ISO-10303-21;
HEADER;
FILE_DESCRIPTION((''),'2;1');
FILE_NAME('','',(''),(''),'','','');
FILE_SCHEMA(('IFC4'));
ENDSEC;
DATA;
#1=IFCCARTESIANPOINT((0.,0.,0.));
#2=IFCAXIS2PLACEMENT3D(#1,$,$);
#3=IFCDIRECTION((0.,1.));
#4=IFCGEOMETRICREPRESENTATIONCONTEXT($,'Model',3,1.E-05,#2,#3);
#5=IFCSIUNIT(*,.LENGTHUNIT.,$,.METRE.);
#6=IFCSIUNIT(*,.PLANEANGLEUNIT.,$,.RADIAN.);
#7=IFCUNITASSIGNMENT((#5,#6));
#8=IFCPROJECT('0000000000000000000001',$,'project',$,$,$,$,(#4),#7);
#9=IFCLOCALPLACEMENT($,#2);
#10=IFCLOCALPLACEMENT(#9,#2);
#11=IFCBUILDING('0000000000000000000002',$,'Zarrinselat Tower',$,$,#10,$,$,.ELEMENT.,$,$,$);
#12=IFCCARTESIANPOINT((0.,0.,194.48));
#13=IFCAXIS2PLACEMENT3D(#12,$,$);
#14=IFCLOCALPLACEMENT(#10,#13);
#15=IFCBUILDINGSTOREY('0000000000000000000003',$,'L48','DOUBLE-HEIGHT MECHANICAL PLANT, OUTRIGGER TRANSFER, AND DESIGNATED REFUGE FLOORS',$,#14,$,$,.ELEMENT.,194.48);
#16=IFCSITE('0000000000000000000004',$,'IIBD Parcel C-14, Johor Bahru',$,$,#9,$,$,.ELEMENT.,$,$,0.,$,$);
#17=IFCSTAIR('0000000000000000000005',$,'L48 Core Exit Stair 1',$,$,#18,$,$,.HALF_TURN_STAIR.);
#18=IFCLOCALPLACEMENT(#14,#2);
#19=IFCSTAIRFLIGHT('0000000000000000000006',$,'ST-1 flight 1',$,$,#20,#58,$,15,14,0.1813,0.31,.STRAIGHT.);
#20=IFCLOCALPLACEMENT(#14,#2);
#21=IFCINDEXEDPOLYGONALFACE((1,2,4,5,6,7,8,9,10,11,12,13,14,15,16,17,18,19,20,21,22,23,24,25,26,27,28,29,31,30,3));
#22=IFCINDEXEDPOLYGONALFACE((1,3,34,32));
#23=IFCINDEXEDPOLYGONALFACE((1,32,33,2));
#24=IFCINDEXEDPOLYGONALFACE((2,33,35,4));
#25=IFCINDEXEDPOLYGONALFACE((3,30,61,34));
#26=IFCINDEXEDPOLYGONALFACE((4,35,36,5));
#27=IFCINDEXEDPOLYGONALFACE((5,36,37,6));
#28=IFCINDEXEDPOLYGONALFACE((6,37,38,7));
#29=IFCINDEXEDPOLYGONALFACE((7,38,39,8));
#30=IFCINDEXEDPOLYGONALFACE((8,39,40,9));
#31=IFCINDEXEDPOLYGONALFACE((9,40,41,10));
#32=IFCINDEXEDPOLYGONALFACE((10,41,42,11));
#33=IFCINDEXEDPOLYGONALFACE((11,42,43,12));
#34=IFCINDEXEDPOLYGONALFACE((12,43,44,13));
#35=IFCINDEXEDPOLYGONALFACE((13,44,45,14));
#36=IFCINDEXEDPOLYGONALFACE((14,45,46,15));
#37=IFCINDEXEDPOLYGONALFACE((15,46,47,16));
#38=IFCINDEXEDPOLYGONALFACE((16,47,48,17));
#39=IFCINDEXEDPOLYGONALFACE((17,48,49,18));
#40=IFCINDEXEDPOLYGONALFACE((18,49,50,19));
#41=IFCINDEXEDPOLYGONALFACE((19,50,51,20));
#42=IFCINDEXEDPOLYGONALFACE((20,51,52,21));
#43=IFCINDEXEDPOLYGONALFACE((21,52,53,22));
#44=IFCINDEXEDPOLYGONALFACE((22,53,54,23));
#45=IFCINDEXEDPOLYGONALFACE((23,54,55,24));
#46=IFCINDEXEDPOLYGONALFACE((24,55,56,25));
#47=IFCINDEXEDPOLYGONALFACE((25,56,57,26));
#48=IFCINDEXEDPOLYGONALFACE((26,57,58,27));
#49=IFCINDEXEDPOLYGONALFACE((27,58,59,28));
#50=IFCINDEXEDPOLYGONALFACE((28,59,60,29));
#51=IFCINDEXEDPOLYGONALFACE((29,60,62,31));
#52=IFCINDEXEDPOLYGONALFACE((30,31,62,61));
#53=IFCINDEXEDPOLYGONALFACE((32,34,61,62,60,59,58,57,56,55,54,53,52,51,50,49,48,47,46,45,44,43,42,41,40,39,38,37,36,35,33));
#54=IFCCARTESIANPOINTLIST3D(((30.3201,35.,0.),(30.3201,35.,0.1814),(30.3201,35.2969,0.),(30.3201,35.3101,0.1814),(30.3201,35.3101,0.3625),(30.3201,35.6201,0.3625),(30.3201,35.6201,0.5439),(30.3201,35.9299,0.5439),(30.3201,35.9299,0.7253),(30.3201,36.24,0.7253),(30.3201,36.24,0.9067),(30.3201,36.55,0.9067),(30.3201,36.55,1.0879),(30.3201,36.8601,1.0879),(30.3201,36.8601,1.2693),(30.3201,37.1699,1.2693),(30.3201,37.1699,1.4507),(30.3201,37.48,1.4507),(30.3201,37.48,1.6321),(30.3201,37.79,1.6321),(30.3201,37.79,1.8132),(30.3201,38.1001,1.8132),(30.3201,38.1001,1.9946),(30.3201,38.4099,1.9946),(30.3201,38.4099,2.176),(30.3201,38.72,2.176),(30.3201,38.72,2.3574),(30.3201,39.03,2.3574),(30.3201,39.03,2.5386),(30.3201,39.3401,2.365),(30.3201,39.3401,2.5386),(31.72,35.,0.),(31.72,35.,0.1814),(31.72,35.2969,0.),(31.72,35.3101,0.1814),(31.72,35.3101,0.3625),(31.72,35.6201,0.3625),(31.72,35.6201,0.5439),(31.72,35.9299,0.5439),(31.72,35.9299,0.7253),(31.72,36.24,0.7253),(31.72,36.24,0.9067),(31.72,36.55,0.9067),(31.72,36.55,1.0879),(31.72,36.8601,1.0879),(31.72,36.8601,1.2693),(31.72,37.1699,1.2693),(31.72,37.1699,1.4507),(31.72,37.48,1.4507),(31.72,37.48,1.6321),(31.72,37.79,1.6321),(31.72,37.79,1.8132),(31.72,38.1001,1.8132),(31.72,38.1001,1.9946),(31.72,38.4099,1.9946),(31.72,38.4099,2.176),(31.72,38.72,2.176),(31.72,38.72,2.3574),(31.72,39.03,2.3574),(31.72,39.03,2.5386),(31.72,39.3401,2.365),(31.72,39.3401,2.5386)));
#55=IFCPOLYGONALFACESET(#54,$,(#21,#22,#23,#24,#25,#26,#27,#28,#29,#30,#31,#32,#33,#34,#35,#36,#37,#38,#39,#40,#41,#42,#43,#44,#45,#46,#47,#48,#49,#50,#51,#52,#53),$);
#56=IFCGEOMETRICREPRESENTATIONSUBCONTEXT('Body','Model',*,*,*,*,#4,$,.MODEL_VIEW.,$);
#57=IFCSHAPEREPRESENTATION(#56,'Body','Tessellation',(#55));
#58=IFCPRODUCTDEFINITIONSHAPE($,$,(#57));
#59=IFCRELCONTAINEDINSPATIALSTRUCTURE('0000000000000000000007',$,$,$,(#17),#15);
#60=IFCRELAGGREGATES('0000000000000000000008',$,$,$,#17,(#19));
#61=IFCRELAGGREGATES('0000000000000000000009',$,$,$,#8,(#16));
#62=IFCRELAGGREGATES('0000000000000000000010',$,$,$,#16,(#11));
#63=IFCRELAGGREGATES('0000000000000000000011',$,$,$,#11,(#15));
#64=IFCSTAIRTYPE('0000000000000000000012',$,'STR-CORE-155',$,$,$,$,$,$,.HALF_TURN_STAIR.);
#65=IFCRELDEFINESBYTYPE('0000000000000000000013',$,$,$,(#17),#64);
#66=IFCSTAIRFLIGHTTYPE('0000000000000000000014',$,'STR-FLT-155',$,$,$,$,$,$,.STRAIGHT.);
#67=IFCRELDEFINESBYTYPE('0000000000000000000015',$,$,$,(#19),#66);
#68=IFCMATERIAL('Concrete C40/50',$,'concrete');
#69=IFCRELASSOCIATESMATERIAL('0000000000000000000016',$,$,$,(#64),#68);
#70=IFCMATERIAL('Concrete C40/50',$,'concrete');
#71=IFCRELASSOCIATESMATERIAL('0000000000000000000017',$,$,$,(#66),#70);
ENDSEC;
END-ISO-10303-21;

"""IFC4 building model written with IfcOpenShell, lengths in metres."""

from ifc_helpers import new_model, si_unit, direction, frame, origin, place, context, subcontext, project, spatial, polyline, outline, extrude, material, type_object, element, aggregate, save


model = new_model("IFC4")

# Units and contexts
model_context = context("Model", 3, precision=1e-05, world=origin(), true_north=direction((0.0, 1.0)))
body_context = subcontext(model_context, "Body", "Model", "MODEL_VIEW")
ifc_project = project(units=[si_unit("LENGTHUNIT", "METRE"), si_unit("PLANEANGLEUNIT", "RADIAN")], contexts=[model_context])

# Site, building, storey
site_placement = place(None, origin())
site = spatial("IfcSite", under=ifc_project, at=site_placement, Name="IIBD Parcel C-14, Johor Bahru", CompositionType="ELEMENT", RefElevation=0.0)
building_placement = place(site_placement, origin())
building = spatial("IfcBuilding", under=site, at=building_placement, Name="Zarrinselat Tower", CompositionType="ELEMENT")
storey_placement = place(building_placement, frame((0.0, 0.0, 194.48)))
storey = spatial("IfcBuildingStorey", under=building, at=storey_placement, Name="L48", Description="DOUBLE-HEIGHT MECHANICAL PLANT, OUTRIGGER TRANSFER, AND DESIGNATED REFUGE FLOORS", CompositionType="ELEMENT", Elevation=194.48)

# Stair, stair flight
ifc_material_1 = material(Name="Concrete C40/50", Category="concrete")
stair_type = type_object("IfcStairType", Name="STR-CORE-155", PredefinedType="HALF_TURN_STAIR", material=ifc_material_1)
stair_placement = place(storey_placement, origin())
stair = element("IfcStair", 1, at=stair_placement, inside=storey, type_object=stair_type, Name="L48 Core Exit Stair 1", PredefinedType="HALF_TURN_STAIR")
ifc_material_2 = material(Name="Concrete C40/50", Category="concrete")
stair_flight_type = type_object("IfcStairFlightType", Name="STR-FLT-155", PredefinedType="STRAIGHT", material=ifc_material_2)
stair_flight_placement = place(storey_placement, frame((31.02, 35.0, 0.0), z_axis=(0.0, 0.0, 1.0), x_axis=(0.0, 1.0, 0.0)))
stair_flight = element("IfcStairFlight", 2, at=stair_flight_placement, type_object=stair_flight_type, Name="ST-1 flight 1", NumberOfRisers=15, NumberOfTreads=14, PredefinedType="STRAIGHT", RiserHeight=0.1813, TreadLength=0.31, context=body_context, shape_type="SweptSolid", body=[
    extrude(outline(polyline([(0.0, 0.0), (0.0, 0.1814), (0.3101, 0.1814), (0.3101, 0.3625), (0.6201, 0.3625), (0.6201, 0.5439), (0.9299, 0.5439), (0.9299, 0.7253), (1.24, 0.7253), (1.24, 0.9067), (1.55, 0.9067), (1.55, 1.0879), (1.8601, 1.0879), (1.8601, 1.2693), (2.1699, 1.2693), (2.1699, 1.4507), (2.48, 1.4507), (2.48, 1.6321), (2.79, 1.6321), (2.79, 1.8132), (3.1001, 1.8132), (3.1001, 1.9946), (3.4099, 1.9946), (3.4099, 2.176), (3.72, 2.176), (3.72, 2.3574), (4.03, 2.3574), (4.03, 2.5386), (4.3401, 2.5386), (4.3401, 2.72), (4.3401, 2.365), (0.2969, 0.0), (0.0, 0.0)])), frame((0.0, 0.7, 0.0), z_axis=(0.0, -1.0, 0.0), x_axis=(1.0, 0.0, 0.0)), (0.0, 0.0, 1.0), 1.3999),
])
aggregate(stair, [stair_flight])

save(model, "model.ifc")
